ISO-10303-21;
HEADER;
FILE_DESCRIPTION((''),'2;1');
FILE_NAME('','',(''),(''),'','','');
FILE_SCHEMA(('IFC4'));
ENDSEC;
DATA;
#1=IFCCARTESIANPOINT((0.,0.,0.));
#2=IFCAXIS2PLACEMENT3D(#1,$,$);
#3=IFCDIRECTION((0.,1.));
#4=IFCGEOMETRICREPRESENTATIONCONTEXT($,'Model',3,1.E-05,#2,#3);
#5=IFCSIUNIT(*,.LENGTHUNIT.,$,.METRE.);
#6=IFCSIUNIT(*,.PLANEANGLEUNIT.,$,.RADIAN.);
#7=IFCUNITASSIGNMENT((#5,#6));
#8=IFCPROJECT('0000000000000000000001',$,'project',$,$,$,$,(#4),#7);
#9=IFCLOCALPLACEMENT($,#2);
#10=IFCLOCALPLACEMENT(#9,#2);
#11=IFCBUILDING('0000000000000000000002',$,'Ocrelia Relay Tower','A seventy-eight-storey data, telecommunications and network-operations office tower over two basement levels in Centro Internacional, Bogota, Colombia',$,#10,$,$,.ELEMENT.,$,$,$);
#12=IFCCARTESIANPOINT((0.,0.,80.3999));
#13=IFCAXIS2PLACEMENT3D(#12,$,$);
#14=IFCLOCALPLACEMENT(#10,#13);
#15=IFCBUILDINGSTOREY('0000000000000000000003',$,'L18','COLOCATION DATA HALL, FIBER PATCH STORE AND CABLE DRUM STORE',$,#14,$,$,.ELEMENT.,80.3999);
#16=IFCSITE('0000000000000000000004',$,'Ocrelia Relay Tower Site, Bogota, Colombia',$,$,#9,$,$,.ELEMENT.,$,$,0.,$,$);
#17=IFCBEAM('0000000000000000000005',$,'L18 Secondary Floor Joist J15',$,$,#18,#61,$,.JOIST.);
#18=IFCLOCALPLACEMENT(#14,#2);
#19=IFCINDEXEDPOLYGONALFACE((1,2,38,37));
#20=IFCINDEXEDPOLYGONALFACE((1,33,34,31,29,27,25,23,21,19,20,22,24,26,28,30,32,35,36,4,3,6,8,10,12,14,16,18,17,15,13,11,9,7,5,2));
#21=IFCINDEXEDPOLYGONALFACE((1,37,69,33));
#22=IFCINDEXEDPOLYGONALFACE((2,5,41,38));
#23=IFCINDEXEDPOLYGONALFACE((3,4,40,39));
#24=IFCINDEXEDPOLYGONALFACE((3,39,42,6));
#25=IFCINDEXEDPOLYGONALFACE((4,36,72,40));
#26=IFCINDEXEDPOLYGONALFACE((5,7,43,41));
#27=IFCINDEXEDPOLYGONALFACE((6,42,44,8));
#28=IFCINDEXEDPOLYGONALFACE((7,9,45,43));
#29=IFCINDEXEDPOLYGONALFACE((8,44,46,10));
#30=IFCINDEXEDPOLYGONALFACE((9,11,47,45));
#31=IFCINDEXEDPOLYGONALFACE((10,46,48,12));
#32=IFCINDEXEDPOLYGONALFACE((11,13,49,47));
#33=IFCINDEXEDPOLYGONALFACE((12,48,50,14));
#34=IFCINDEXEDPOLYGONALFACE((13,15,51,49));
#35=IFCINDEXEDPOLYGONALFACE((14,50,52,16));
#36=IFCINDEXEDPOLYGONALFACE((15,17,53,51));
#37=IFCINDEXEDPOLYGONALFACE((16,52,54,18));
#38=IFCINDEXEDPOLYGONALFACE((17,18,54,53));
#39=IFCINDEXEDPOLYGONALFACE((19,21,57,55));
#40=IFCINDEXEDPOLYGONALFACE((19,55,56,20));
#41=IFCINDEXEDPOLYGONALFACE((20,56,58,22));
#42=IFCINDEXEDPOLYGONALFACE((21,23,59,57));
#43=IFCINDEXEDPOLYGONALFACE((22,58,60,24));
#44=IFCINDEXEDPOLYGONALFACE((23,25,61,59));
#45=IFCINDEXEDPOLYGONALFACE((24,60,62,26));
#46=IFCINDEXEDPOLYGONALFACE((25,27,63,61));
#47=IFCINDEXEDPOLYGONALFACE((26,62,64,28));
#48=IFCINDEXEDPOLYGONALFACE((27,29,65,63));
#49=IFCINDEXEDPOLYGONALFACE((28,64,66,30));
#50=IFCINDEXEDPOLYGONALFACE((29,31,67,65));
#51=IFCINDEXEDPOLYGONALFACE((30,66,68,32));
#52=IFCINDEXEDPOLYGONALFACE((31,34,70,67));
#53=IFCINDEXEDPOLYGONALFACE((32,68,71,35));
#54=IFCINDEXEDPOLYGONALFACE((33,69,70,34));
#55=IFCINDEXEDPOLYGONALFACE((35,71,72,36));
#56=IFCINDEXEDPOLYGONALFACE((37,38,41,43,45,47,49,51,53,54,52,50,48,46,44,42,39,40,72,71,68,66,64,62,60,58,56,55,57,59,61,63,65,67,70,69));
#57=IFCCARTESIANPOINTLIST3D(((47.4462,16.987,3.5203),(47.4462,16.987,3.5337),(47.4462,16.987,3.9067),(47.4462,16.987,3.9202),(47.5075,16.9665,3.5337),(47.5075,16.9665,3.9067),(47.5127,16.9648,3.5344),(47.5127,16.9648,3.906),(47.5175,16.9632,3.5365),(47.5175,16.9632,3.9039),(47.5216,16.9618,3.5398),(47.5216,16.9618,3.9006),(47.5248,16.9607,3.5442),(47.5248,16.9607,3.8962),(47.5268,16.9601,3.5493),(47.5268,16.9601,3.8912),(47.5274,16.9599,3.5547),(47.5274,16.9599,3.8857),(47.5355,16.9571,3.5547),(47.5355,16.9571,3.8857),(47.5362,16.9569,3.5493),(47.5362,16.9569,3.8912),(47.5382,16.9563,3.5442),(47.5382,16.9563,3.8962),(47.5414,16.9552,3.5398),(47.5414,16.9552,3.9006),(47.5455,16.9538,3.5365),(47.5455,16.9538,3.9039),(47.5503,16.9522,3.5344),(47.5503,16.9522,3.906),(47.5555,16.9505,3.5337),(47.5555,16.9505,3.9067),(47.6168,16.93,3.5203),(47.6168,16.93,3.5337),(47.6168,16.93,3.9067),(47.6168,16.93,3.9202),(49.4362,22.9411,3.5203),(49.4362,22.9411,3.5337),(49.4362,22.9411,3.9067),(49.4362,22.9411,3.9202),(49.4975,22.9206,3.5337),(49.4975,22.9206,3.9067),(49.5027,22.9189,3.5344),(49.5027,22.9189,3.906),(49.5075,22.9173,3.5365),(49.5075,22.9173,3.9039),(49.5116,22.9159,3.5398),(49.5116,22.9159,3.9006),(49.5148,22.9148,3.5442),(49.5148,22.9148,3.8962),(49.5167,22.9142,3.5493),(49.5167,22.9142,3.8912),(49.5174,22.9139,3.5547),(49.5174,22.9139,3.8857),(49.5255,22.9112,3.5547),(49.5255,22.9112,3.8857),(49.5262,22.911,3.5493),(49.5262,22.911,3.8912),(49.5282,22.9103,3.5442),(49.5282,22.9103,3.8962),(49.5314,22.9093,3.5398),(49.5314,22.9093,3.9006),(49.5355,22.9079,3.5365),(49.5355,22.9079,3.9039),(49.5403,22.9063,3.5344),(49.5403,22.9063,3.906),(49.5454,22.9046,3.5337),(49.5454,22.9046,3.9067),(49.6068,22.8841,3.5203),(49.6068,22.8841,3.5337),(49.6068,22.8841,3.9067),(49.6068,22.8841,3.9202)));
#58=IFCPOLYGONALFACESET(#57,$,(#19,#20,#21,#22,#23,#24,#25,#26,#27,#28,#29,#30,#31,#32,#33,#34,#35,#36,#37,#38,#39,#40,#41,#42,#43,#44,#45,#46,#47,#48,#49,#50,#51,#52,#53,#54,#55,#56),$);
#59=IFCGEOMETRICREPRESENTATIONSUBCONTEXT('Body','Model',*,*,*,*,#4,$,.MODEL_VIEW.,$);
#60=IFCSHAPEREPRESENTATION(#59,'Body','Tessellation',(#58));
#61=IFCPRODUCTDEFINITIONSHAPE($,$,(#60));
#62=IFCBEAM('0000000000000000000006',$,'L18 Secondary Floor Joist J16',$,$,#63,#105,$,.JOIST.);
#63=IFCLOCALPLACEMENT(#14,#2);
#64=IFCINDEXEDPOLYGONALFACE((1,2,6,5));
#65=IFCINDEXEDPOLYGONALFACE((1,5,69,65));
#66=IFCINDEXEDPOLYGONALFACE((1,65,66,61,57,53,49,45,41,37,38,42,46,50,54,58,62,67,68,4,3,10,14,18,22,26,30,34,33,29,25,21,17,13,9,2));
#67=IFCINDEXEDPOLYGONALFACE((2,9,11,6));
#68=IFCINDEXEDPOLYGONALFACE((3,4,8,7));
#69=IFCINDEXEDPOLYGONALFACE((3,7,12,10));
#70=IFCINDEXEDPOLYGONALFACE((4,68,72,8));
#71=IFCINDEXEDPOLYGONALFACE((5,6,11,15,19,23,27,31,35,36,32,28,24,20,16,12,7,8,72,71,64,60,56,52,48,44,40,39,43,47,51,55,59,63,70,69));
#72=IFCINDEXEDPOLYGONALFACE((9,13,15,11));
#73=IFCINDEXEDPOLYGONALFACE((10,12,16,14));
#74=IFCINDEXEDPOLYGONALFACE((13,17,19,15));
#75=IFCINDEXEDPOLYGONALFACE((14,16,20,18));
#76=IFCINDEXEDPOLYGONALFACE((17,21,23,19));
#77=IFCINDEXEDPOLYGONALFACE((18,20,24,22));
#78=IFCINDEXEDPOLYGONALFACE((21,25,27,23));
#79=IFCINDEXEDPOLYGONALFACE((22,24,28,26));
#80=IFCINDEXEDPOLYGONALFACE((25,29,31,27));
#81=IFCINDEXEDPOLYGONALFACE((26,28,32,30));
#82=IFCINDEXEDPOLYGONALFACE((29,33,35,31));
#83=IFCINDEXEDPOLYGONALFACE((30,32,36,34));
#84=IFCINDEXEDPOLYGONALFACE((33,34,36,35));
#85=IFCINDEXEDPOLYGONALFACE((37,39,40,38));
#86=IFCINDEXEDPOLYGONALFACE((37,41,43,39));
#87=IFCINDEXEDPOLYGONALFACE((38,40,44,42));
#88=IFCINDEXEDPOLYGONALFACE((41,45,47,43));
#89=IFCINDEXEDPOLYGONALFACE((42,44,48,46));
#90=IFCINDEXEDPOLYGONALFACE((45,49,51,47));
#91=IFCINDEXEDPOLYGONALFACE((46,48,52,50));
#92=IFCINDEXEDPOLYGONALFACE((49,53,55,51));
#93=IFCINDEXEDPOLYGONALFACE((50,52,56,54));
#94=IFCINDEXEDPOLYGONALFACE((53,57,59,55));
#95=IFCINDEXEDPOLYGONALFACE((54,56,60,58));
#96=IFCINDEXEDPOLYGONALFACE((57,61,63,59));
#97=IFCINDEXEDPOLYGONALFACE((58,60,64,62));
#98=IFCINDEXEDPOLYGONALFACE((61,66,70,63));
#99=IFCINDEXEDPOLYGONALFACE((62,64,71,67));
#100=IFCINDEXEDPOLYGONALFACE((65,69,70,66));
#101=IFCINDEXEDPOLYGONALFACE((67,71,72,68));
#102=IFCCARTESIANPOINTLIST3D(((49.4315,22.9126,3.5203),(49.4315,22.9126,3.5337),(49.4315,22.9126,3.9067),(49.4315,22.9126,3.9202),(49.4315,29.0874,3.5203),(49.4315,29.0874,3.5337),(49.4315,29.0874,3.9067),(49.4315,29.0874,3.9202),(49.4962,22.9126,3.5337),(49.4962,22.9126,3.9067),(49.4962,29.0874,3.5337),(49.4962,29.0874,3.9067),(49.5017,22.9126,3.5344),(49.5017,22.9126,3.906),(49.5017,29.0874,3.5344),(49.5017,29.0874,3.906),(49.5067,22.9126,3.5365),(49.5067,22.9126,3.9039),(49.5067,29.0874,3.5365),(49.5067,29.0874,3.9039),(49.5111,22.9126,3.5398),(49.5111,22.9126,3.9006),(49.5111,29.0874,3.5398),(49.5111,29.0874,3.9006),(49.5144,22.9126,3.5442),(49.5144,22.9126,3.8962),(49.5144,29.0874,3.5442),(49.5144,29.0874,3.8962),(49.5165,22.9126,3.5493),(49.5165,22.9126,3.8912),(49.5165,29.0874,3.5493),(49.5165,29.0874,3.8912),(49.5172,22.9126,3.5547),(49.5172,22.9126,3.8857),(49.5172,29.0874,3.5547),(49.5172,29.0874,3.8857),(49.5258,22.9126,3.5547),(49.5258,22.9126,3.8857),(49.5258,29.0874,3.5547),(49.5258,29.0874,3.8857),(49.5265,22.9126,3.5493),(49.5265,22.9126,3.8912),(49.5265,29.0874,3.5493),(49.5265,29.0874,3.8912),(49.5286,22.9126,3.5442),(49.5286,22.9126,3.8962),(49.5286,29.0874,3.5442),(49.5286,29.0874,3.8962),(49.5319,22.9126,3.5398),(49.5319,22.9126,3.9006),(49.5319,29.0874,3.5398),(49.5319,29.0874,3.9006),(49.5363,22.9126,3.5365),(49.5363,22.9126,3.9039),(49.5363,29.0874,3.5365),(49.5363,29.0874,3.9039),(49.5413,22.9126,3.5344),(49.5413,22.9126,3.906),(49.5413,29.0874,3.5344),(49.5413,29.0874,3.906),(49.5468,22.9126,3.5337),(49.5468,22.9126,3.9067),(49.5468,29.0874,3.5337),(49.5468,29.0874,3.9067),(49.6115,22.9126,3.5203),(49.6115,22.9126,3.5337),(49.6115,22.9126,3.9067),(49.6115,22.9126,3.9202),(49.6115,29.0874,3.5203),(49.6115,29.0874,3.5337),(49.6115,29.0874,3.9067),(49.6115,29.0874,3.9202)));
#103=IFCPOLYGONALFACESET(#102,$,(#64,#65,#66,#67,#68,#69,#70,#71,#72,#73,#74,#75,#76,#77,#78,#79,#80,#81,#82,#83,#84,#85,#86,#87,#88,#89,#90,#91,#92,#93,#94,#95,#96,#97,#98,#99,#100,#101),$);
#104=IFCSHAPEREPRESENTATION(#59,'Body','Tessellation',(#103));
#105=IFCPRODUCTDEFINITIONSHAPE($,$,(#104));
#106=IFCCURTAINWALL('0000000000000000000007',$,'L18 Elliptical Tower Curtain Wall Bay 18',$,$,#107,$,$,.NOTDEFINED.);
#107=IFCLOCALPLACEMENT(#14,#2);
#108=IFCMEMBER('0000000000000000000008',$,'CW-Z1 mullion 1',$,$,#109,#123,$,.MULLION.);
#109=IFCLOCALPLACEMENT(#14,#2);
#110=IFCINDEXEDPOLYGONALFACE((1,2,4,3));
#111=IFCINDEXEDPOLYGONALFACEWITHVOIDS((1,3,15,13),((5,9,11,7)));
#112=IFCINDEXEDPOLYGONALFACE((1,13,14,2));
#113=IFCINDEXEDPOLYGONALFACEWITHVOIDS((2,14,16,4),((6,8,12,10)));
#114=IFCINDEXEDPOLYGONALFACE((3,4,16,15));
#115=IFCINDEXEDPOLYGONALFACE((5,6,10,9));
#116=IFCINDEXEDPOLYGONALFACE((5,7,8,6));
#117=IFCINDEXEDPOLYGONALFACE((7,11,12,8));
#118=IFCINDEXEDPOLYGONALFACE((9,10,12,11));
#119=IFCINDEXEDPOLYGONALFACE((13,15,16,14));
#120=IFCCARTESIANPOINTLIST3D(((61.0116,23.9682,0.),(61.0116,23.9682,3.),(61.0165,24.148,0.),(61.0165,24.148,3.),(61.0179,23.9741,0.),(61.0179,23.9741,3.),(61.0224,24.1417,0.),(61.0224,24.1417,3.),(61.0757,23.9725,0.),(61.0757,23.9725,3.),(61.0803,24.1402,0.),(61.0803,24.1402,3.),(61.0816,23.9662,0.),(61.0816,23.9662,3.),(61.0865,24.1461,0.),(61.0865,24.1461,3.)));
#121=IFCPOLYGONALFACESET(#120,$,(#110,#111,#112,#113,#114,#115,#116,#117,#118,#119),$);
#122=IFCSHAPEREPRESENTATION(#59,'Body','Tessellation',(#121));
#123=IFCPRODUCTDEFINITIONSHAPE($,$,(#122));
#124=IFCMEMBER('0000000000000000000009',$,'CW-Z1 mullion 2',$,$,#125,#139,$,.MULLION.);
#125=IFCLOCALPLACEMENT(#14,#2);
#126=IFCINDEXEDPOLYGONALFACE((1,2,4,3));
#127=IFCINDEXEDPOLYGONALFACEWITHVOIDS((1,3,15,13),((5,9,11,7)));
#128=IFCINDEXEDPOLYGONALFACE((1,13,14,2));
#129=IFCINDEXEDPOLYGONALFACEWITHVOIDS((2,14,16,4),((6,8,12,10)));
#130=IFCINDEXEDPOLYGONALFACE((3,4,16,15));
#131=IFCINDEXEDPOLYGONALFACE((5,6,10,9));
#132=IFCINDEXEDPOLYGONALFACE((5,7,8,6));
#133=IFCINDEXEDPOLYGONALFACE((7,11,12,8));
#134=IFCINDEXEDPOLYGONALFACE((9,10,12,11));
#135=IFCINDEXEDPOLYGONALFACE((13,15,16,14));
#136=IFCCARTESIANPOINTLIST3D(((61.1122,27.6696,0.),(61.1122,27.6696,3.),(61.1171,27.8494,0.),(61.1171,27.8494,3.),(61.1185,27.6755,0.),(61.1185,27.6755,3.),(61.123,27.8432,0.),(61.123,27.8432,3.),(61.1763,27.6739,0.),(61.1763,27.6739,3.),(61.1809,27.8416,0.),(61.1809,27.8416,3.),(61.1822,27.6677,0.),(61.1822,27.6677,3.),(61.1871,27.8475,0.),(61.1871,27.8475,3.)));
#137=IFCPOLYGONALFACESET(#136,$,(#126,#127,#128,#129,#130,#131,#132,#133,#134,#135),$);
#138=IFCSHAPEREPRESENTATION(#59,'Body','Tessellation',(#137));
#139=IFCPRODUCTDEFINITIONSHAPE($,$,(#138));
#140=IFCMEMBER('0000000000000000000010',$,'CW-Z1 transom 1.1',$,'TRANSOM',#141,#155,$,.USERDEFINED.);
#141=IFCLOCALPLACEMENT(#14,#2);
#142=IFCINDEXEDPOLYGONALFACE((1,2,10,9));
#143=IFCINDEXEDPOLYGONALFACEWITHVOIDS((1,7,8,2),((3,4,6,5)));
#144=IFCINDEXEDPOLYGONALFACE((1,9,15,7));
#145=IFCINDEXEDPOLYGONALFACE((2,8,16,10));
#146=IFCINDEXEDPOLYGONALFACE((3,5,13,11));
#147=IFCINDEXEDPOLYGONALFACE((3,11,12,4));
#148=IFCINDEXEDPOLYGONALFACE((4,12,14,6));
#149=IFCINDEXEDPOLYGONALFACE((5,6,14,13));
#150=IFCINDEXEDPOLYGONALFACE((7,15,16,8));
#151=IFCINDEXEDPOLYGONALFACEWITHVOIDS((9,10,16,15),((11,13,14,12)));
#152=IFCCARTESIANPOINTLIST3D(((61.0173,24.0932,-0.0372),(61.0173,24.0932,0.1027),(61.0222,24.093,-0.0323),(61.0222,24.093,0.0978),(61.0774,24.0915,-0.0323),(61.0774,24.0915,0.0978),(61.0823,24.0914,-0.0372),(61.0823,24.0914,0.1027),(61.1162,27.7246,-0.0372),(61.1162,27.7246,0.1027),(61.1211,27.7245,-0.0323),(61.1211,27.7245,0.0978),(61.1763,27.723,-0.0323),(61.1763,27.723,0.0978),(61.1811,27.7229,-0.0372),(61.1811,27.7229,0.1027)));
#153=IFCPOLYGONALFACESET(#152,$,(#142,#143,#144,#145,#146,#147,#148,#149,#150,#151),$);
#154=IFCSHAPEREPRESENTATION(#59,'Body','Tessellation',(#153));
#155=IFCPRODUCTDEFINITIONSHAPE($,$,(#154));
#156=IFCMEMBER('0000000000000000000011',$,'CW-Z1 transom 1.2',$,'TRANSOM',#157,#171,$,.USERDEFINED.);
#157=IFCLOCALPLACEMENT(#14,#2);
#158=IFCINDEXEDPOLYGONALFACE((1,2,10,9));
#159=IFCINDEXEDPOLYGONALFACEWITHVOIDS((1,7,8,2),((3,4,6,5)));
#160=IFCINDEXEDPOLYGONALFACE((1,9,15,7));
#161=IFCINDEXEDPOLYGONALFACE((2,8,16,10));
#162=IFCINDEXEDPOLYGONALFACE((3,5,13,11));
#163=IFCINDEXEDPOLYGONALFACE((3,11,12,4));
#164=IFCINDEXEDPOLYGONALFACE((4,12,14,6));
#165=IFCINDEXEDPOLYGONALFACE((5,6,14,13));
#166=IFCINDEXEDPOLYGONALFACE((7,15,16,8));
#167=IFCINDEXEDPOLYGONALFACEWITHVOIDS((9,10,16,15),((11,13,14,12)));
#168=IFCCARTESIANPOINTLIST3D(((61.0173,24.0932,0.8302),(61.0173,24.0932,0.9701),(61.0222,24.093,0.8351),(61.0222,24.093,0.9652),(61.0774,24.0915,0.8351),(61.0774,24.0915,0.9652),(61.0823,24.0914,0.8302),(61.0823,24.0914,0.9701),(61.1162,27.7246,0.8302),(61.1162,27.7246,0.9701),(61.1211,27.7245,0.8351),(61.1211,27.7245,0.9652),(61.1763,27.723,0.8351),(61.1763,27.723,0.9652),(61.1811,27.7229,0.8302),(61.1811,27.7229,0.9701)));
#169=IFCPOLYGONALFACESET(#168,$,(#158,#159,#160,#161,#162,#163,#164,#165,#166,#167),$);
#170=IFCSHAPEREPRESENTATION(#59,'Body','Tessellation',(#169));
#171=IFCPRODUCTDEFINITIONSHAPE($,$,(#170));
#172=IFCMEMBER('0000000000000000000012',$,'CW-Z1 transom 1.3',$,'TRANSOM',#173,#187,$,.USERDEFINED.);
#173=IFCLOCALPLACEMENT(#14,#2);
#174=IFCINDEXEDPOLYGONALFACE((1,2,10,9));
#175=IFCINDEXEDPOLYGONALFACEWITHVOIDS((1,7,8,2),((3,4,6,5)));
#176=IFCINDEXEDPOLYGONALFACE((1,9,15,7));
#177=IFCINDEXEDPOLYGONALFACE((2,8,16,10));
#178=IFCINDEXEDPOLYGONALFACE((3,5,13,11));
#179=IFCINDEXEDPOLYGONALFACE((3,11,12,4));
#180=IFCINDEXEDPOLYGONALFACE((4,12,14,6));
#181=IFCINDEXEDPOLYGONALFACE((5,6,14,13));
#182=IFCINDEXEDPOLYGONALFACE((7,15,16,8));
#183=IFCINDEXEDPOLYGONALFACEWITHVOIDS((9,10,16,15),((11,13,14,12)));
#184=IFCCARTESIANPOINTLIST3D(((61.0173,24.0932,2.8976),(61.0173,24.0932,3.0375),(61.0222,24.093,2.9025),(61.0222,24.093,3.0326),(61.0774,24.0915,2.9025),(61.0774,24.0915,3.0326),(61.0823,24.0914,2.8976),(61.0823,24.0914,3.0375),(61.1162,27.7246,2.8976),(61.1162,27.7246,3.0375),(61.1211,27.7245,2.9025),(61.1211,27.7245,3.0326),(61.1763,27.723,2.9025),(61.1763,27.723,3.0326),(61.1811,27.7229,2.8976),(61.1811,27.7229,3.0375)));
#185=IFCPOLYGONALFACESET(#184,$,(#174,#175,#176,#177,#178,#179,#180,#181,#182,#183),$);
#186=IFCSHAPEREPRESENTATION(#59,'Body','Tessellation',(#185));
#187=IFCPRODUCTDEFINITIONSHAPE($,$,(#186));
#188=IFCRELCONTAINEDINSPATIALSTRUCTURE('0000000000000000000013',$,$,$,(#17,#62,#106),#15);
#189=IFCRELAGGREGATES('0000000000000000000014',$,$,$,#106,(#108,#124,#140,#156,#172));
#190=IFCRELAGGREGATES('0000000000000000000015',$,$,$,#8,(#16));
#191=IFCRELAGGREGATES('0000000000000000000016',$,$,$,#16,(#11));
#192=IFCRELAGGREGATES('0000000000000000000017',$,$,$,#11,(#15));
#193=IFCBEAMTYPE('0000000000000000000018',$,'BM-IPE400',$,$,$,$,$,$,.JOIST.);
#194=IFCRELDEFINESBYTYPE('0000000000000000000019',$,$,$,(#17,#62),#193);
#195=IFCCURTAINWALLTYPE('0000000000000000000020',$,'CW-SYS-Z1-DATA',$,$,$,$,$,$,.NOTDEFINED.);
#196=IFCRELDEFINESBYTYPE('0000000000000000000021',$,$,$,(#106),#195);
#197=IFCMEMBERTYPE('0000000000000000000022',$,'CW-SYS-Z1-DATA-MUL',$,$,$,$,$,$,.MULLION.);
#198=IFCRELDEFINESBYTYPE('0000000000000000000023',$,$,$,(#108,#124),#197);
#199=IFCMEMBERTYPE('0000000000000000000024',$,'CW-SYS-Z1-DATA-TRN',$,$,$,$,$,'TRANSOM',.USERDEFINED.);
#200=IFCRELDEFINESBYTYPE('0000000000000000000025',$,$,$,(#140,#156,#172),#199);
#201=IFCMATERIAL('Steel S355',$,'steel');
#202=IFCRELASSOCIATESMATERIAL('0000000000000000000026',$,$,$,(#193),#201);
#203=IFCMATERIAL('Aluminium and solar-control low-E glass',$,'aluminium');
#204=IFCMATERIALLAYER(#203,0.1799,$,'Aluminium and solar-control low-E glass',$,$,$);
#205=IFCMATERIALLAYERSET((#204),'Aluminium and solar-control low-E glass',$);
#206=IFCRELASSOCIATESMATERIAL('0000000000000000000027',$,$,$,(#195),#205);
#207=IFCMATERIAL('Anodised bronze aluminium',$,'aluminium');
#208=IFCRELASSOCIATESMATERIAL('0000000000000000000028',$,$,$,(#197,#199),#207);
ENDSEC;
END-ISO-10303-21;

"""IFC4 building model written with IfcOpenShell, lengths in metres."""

from ifc_helpers import new_model, si_unit, direction, frame, origin, origin_2d, place, context, subcontext, project, spatial, hollow_rectangle, i_section, extrude, material, layer, layer_set, material_profile, profile_set, type_object, element, aggregate, save


model = new_model("IFC4")

# Units and contexts
model_context = context("Model", 3, precision=1e-05, world=origin(), true_north=direction((0.0, 1.0)))
body_context = subcontext(model_context, "Body", "Model", "MODEL_VIEW")
ifc_project = project(units=[si_unit("LENGTHUNIT", "METRE"), si_unit("PLANEANGLEUNIT", "RADIAN")], contexts=[model_context])

# Site, building, storey
site_placement = place(None, origin())
site = spatial("IfcSite", under=ifc_project, at=site_placement, Name="Ocrelia Relay Tower Site, Bogota, Colombia", CompositionType="ELEMENT", RefElevation=0.0)
building_placement = place(site_placement, origin())
building = spatial("IfcBuilding", under=site, at=building_placement, Name="Ocrelia Relay Tower", Description="A seventy-eight-storey data, telecommunications and network-operations office tower over two basement levels in Centro Internacional, Bogota, Colombia", CompositionType="ELEMENT")
storey_placement = place(building_placement, frame((0.0, 0.0, 80.3999)))
storey = spatial("IfcBuildingStorey", under=building, at=storey_placement, Name="L18", Description="COLOCATION DATA HALL, FIBER PATCH STORE AND CABLE DRUM STORE", CompositionType="ELEMENT", Elevation=80.3999)

# Beams
ifc_material_1 = material(Name="Steel S355", Category="steel")
ifc_material_profile_1 = material_profile(ifc_material_1, i_section(OverallWidth=0.1799, OverallDepth=0.3999, WebThickness=0.0085, FlangeThickness=0.0134, FilletRadius=0.021, at=origin_2d()), Name="IPE 400")
ifc_profile_set_1 = profile_set([ifc_material_profile_1], Name="Steel S355")
beam_type_1 = type_object("IfcBeamType", Name="BM-IPE400", PredefinedType="JOIST", material=ifc_profile_set_1)
beam_1_placement = place(storey_placement, frame((47.5315, 16.9585, 3.7202), z_axis=(0.316986, 0.94843, 0.0), x_axis=(-0.94843, 0.316986, 0.0)))
element("IfcBeam", 1, at=beam_1_placement, inside=storey, type_object=beam_type_1, Name="L18 Secondary Floor Joist J15", PredefinedType="JOIST", context=body_context, shape_type="SweptSolid", body=[
    extrude(i_section(OverallWidth=0.1799, OverallDepth=0.3999, WebThickness=0.0085, FlangeThickness=0.0134, FilletRadius=0.021, at=origin_2d()), origin(), (0.0, 0.0, 1.0), 6.2778),
])
beam_2_placement = place(storey_placement, frame((49.5215, 22.9126, 3.7202), z_axis=(0.0, 1.0, 0.0), x_axis=(-1.0, 0.0, 0.0)))
element("IfcBeam", 2, at=beam_2_placement, inside=storey, type_object=beam_type_1, Name="L18 Secondary Floor Joist J16", PredefinedType="JOIST", context=body_context, shape_type="SweptSolid", body=[
    extrude(i_section(OverallWidth=0.1799, OverallDepth=0.3999, WebThickness=0.0085, FlangeThickness=0.0134, FilletRadius=0.021, at=origin_2d()), origin(), (0.0, 0.0, 1.0), 6.1748),
])

# Curtain wall, members
ifc_material_2 = material(Name="Aluminium and solar-control low-E glass", Category="aluminium")
ifc_layer_1 = layer(ifc_material_2, 0.1799, Name="Aluminium and solar-control low-E glass")
ifc_layer_set_1 = layer_set([ifc_layer_1], Name="Aluminium and solar-control low-E glass")
curtain_wall_type = type_object("IfcCurtainWallType", Name="CW-SYS-Z1-DATA", PredefinedType="NOTDEFINED", material=ifc_layer_set_1)
curtain_wall_placement = place(storey_placement, origin())
curtain_wall = element("IfcCurtainWall", 3, at=curtain_wall_placement, inside=storey, type_object=curtain_wall_type, Name="L18 Elliptical Tower Curtain Wall Bay 18", PredefinedType="NOTDEFINED")
ifc_material_3 = material(Name="Anodised bronze aluminium", Category="aluminium")
ifc_material_profile_2 = material_profile(ifc_material_3, hollow_rectangle(XDim=0.0701, YDim=0.1799, WallThickness=0.0061, at=origin_2d()), Name="CW-MUL-180x70")
ifc_profile_set_2 = profile_set([ifc_material_profile_2], Name="Anodised bronze aluminium")
member_type_1 = type_object("IfcMemberType", Name="CW-SYS-Z1-DATA-MUL", PredefinedType="MULLION", material=ifc_profile_set_2)
member_1_placement = place(storey_placement, frame((61.0491, 24.0571, 0.0), z_axis=(0.0, 0.0, 1.0), x_axis=(-0.999629, 0.027222, 0.0)))
member_1 = element("IfcMember", 4, at=member_1_placement, type_object=member_type_1, Name="CW-Z1 mullion 1", PredefinedType="MULLION", context=body_context, shape_type="SweptSolid", body=[
    extrude(hollow_rectangle(XDim=0.0701, YDim=0.1799, WallThickness=0.0061, at=origin_2d()), origin(), (0.0, 0.0, 1.0), 3.0),
])
member_2_placement = place(storey_placement, frame((61.1497, 27.7585, 0.0), z_axis=(0.0, 0.0, 1.0), x_axis=(-0.999629, 0.027222, 0.0)))
member_2 = element("IfcMember", 5, at=member_2_placement, type_object=member_type_1, Name="CW-Z1 mullion 2", PredefinedType="MULLION", context=body_context, shape_type="SweptSolid", body=[
    extrude(hollow_rectangle(XDim=0.0701, YDim=0.1799, WallThickness=0.0061, at=origin_2d()), origin(), (0.0, 0.0, 1.0), 3.0),
])
ifc_material_profile_3 = material_profile(ifc_material_3, hollow_rectangle(XDim=0.0649, YDim=0.1399, WallThickness=0.0049, at=origin_2d()), Name="CW-TRN-140x65")
ifc_profile_set_3 = profile_set([ifc_material_profile_3], Name="Anodised bronze aluminium")
member_type_2 = type_object("IfcMemberType", Name="CW-SYS-Z1-DATA-TRN", ElementType="TRANSOM", PredefinedType="USERDEFINED", material=ifc_profile_set_3)
member_3_placement = place(storey_placement, frame((61.0498, 24.0923, 0.0327), z_axis=(0.027219, 0.99963, 0.0), x_axis=(-0.99963, 0.027219, 0.0)))
member_3 = element("IfcMember", 6, at=member_3_placement, type_object=member_type_2, Name="CW-Z1 transom 1.1", ObjectType="TRANSOM", PredefinedType="USERDEFINED", context=body_context, shape_type="SweptSolid", body=[
    extrude(hollow_rectangle(XDim=0.0649, YDim=0.1399, WallThickness=0.0049, at=origin_2d()), origin(), (0.0, 0.0, 1.0), 3.6328),
])
member_4_placement = place(storey_placement, frame((61.0498, 24.0923, 0.9001), z_axis=(0.027219, 0.99963, 0.0), x_axis=(-0.99963, 0.027219, 0.0)))
member_4 = element("IfcMember", 7, at=member_4_placement, type_object=member_type_2, Name="CW-Z1 transom 1.2", ObjectType="TRANSOM", PredefinedType="USERDEFINED", context=body_context, shape_type="SweptSolid", body=[
    extrude(hollow_rectangle(XDim=0.0649, YDim=0.1399, WallThickness=0.0049, at=origin_2d()), origin(), (0.0, 0.0, 1.0), 3.6328),
])
member_5_placement = place(storey_placement, frame((61.0498, 24.0923, 2.9675), z_axis=(0.027219, 0.99963, 0.0), x_axis=(-0.99963, 0.027219, 0.0)))
member_5 = element("IfcMember", 8, at=member_5_placement, type_object=member_type_2, Name="CW-Z1 transom 1.3", ObjectType="TRANSOM", PredefinedType="USERDEFINED", context=body_context, shape_type="SweptSolid", body=[
    extrude(hollow_rectangle(XDim=0.0649, YDim=0.1399, WallThickness=0.0049, at=origin_2d()), origin(), (0.0, 0.0, 1.0), 3.6328),
])
aggregate(curtain_wall, [member_1, member_2, member_3, member_4, member_5])

save(model, "model.ifc")
